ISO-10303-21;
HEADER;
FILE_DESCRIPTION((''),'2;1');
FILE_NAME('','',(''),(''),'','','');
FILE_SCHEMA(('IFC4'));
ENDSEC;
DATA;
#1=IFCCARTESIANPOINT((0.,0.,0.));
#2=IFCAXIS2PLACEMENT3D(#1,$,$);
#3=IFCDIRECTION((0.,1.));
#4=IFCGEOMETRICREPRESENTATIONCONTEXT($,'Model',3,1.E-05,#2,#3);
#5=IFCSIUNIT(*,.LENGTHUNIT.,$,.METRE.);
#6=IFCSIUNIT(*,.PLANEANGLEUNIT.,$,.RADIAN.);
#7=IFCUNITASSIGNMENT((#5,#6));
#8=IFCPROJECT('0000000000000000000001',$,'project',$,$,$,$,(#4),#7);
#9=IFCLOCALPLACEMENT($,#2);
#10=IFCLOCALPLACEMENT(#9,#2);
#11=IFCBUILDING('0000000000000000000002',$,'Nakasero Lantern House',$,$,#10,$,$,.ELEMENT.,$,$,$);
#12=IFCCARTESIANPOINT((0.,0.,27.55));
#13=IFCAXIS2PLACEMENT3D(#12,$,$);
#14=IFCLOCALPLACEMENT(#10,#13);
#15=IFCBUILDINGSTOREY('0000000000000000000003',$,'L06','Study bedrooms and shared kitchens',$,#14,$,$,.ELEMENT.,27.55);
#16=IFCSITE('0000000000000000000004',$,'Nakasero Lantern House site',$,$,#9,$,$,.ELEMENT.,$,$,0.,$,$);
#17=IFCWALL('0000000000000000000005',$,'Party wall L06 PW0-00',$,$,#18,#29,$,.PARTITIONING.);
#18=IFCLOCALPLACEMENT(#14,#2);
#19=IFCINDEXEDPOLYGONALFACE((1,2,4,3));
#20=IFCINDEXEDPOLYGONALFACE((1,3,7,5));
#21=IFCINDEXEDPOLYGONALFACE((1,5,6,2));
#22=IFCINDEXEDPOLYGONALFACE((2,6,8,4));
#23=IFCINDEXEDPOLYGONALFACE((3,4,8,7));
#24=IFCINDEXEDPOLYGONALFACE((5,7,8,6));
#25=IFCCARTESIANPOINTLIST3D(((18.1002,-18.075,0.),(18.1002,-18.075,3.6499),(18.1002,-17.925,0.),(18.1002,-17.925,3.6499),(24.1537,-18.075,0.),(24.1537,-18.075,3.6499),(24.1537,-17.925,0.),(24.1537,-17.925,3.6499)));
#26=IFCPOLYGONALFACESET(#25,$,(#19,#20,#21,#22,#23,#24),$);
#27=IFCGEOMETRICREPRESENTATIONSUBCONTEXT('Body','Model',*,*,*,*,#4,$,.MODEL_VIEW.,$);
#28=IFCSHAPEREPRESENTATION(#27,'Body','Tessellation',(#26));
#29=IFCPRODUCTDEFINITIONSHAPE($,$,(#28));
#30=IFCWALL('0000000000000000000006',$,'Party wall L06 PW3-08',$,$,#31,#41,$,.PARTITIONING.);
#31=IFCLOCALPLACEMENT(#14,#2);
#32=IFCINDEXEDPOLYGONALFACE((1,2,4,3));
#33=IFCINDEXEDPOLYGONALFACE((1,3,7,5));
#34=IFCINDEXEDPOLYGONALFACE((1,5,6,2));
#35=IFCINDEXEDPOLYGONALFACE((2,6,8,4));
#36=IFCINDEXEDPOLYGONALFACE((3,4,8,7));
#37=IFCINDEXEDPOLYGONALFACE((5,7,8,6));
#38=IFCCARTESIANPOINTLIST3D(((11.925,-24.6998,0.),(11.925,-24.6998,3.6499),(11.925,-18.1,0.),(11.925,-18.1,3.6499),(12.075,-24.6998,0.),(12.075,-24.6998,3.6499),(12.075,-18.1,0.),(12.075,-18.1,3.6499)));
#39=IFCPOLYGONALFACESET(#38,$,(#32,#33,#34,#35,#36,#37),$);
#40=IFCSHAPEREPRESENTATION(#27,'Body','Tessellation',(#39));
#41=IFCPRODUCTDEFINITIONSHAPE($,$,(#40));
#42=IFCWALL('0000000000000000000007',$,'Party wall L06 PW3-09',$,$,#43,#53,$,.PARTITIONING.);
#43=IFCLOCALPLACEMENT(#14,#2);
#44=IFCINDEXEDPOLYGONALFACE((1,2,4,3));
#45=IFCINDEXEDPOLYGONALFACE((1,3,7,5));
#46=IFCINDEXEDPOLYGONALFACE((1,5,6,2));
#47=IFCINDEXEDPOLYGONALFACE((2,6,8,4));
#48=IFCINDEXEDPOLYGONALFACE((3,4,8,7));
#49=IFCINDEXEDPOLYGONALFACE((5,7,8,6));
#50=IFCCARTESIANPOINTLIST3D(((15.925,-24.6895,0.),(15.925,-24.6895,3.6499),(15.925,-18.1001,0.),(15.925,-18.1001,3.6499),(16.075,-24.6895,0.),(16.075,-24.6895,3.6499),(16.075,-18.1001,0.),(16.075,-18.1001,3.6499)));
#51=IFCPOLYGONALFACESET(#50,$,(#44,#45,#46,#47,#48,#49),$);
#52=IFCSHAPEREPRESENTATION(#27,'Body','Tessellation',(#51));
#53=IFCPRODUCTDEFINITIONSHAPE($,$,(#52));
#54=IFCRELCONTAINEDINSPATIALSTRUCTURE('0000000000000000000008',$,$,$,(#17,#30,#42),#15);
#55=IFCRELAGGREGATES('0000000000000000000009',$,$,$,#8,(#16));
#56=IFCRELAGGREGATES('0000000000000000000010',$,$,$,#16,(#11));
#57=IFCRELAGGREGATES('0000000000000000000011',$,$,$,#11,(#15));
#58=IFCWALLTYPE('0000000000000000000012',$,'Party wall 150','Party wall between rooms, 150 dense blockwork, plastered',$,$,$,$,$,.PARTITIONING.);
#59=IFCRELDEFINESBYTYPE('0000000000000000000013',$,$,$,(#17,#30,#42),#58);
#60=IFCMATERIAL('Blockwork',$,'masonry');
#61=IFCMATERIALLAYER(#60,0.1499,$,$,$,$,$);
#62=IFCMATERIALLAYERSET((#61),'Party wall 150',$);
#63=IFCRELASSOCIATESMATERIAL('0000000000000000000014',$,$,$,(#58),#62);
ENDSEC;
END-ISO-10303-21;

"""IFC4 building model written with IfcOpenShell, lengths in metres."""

from ifc_helpers import new_model, si_unit, direction, frame, frame_2d, origin, place, context, subcontext, project, spatial, rectangle, extrude, material, layer, layer_set, type_object, element, save


model = new_model("IFC4")

# Units and contexts
model_context = context("Model", 3, precision=1e-05, world=origin(), true_north=direction((0.0, 1.0)))
body_context = subcontext(model_context, "Body", "Model", "MODEL_VIEW")
ifc_project = project(units=[si_unit("LENGTHUNIT", "METRE"), si_unit("PLANEANGLEUNIT", "RADIAN")], contexts=[model_context])

# Site, building, storey
site_placement = place(None, origin())
site = spatial("IfcSite", under=ifc_project, at=site_placement, Name="Nakasero Lantern House site", CompositionType="ELEMENT", RefElevation=0.0)
building_placement = place(site_placement, origin())
building = spatial("IfcBuilding", under=site, at=building_placement, Name="Nakasero Lantern House", CompositionType="ELEMENT")
storey_placement = place(building_placement, frame((0.0, 0.0, 27.55)))
storey = spatial("IfcBuildingStorey", under=building, at=storey_placement, Name="L06", Description="Study bedrooms and shared kitchens", CompositionType="ELEMENT", Elevation=27.55)

# Walls
ifc_material_1 = material(Name="Blockwork", Category="masonry")
ifc_layer_1 = layer(ifc_material_1, 0.1499)
ifc_layer_set_1 = layer_set([ifc_layer_1], Name="Party wall 150")
wall_type_1 = type_object("IfcWallType", Name="Party wall 150", Description="Party wall between rooms, 150 dense blockwork, plastered", PredefinedType="PARTITIONING", material=ifc_layer_set_1)
wall_1_placement = place(storey_placement, frame((18.1001, -18.0, 0.0), z_axis=(0.0, 0.0, 1.0), x_axis=(1.0, 0.0, 0.0)))
element("IfcWall", 1, at=wall_1_placement, inside=storey, type_object=wall_type_1, Name="Party wall L06 PW0-00", PredefinedType="PARTITIONING", context=body_context, shape_type="SweptSolid", body=[
    extrude(rectangle(XDim=6.0535, YDim=0.1499, at=frame_2d((3.0269, 0.0))), origin(), (0.0, 0.0, 1.0), 3.6499),
])
wall_2_placement = place(storey_placement, frame((12.0, -18.1001, 0.0), z_axis=(0.0, 0.0, 1.0), x_axis=(0.0, -1.0, 0.0)))
element("IfcWall", 2, at=wall_2_placement, inside=storey, type_object=wall_type_1, Name="Party wall L06 PW3-08", PredefinedType="PARTITIONING", context=body_context, shape_type="SweptSolid", body=[
    extrude(rectangle(XDim=6.5999, YDim=0.1499, at=frame_2d((3.2998, 0.0))), origin(), (0.0, 0.0, 1.0), 3.6499),
])
wall_3_placement = place(storey_placement, frame((16.0, -18.1001, 0.0), z_axis=(0.0, 0.0, 1.0), x_axis=(0.0, -1.0, 0.0)))
element("IfcWall", 3, at=wall_3_placement, inside=storey, type_object=wall_type_1, Name="Party wall L06 PW3-09", PredefinedType="PARTITIONING", context=body_context, shape_type="SweptSolid", body=[
    extrude(rectangle(XDim=6.5894, YDim=0.1499, at=frame_2d((3.2947, 0.0))), origin(), (0.0, 0.0, 1.0), 3.6499),
])

save(model, "model.ifc")
